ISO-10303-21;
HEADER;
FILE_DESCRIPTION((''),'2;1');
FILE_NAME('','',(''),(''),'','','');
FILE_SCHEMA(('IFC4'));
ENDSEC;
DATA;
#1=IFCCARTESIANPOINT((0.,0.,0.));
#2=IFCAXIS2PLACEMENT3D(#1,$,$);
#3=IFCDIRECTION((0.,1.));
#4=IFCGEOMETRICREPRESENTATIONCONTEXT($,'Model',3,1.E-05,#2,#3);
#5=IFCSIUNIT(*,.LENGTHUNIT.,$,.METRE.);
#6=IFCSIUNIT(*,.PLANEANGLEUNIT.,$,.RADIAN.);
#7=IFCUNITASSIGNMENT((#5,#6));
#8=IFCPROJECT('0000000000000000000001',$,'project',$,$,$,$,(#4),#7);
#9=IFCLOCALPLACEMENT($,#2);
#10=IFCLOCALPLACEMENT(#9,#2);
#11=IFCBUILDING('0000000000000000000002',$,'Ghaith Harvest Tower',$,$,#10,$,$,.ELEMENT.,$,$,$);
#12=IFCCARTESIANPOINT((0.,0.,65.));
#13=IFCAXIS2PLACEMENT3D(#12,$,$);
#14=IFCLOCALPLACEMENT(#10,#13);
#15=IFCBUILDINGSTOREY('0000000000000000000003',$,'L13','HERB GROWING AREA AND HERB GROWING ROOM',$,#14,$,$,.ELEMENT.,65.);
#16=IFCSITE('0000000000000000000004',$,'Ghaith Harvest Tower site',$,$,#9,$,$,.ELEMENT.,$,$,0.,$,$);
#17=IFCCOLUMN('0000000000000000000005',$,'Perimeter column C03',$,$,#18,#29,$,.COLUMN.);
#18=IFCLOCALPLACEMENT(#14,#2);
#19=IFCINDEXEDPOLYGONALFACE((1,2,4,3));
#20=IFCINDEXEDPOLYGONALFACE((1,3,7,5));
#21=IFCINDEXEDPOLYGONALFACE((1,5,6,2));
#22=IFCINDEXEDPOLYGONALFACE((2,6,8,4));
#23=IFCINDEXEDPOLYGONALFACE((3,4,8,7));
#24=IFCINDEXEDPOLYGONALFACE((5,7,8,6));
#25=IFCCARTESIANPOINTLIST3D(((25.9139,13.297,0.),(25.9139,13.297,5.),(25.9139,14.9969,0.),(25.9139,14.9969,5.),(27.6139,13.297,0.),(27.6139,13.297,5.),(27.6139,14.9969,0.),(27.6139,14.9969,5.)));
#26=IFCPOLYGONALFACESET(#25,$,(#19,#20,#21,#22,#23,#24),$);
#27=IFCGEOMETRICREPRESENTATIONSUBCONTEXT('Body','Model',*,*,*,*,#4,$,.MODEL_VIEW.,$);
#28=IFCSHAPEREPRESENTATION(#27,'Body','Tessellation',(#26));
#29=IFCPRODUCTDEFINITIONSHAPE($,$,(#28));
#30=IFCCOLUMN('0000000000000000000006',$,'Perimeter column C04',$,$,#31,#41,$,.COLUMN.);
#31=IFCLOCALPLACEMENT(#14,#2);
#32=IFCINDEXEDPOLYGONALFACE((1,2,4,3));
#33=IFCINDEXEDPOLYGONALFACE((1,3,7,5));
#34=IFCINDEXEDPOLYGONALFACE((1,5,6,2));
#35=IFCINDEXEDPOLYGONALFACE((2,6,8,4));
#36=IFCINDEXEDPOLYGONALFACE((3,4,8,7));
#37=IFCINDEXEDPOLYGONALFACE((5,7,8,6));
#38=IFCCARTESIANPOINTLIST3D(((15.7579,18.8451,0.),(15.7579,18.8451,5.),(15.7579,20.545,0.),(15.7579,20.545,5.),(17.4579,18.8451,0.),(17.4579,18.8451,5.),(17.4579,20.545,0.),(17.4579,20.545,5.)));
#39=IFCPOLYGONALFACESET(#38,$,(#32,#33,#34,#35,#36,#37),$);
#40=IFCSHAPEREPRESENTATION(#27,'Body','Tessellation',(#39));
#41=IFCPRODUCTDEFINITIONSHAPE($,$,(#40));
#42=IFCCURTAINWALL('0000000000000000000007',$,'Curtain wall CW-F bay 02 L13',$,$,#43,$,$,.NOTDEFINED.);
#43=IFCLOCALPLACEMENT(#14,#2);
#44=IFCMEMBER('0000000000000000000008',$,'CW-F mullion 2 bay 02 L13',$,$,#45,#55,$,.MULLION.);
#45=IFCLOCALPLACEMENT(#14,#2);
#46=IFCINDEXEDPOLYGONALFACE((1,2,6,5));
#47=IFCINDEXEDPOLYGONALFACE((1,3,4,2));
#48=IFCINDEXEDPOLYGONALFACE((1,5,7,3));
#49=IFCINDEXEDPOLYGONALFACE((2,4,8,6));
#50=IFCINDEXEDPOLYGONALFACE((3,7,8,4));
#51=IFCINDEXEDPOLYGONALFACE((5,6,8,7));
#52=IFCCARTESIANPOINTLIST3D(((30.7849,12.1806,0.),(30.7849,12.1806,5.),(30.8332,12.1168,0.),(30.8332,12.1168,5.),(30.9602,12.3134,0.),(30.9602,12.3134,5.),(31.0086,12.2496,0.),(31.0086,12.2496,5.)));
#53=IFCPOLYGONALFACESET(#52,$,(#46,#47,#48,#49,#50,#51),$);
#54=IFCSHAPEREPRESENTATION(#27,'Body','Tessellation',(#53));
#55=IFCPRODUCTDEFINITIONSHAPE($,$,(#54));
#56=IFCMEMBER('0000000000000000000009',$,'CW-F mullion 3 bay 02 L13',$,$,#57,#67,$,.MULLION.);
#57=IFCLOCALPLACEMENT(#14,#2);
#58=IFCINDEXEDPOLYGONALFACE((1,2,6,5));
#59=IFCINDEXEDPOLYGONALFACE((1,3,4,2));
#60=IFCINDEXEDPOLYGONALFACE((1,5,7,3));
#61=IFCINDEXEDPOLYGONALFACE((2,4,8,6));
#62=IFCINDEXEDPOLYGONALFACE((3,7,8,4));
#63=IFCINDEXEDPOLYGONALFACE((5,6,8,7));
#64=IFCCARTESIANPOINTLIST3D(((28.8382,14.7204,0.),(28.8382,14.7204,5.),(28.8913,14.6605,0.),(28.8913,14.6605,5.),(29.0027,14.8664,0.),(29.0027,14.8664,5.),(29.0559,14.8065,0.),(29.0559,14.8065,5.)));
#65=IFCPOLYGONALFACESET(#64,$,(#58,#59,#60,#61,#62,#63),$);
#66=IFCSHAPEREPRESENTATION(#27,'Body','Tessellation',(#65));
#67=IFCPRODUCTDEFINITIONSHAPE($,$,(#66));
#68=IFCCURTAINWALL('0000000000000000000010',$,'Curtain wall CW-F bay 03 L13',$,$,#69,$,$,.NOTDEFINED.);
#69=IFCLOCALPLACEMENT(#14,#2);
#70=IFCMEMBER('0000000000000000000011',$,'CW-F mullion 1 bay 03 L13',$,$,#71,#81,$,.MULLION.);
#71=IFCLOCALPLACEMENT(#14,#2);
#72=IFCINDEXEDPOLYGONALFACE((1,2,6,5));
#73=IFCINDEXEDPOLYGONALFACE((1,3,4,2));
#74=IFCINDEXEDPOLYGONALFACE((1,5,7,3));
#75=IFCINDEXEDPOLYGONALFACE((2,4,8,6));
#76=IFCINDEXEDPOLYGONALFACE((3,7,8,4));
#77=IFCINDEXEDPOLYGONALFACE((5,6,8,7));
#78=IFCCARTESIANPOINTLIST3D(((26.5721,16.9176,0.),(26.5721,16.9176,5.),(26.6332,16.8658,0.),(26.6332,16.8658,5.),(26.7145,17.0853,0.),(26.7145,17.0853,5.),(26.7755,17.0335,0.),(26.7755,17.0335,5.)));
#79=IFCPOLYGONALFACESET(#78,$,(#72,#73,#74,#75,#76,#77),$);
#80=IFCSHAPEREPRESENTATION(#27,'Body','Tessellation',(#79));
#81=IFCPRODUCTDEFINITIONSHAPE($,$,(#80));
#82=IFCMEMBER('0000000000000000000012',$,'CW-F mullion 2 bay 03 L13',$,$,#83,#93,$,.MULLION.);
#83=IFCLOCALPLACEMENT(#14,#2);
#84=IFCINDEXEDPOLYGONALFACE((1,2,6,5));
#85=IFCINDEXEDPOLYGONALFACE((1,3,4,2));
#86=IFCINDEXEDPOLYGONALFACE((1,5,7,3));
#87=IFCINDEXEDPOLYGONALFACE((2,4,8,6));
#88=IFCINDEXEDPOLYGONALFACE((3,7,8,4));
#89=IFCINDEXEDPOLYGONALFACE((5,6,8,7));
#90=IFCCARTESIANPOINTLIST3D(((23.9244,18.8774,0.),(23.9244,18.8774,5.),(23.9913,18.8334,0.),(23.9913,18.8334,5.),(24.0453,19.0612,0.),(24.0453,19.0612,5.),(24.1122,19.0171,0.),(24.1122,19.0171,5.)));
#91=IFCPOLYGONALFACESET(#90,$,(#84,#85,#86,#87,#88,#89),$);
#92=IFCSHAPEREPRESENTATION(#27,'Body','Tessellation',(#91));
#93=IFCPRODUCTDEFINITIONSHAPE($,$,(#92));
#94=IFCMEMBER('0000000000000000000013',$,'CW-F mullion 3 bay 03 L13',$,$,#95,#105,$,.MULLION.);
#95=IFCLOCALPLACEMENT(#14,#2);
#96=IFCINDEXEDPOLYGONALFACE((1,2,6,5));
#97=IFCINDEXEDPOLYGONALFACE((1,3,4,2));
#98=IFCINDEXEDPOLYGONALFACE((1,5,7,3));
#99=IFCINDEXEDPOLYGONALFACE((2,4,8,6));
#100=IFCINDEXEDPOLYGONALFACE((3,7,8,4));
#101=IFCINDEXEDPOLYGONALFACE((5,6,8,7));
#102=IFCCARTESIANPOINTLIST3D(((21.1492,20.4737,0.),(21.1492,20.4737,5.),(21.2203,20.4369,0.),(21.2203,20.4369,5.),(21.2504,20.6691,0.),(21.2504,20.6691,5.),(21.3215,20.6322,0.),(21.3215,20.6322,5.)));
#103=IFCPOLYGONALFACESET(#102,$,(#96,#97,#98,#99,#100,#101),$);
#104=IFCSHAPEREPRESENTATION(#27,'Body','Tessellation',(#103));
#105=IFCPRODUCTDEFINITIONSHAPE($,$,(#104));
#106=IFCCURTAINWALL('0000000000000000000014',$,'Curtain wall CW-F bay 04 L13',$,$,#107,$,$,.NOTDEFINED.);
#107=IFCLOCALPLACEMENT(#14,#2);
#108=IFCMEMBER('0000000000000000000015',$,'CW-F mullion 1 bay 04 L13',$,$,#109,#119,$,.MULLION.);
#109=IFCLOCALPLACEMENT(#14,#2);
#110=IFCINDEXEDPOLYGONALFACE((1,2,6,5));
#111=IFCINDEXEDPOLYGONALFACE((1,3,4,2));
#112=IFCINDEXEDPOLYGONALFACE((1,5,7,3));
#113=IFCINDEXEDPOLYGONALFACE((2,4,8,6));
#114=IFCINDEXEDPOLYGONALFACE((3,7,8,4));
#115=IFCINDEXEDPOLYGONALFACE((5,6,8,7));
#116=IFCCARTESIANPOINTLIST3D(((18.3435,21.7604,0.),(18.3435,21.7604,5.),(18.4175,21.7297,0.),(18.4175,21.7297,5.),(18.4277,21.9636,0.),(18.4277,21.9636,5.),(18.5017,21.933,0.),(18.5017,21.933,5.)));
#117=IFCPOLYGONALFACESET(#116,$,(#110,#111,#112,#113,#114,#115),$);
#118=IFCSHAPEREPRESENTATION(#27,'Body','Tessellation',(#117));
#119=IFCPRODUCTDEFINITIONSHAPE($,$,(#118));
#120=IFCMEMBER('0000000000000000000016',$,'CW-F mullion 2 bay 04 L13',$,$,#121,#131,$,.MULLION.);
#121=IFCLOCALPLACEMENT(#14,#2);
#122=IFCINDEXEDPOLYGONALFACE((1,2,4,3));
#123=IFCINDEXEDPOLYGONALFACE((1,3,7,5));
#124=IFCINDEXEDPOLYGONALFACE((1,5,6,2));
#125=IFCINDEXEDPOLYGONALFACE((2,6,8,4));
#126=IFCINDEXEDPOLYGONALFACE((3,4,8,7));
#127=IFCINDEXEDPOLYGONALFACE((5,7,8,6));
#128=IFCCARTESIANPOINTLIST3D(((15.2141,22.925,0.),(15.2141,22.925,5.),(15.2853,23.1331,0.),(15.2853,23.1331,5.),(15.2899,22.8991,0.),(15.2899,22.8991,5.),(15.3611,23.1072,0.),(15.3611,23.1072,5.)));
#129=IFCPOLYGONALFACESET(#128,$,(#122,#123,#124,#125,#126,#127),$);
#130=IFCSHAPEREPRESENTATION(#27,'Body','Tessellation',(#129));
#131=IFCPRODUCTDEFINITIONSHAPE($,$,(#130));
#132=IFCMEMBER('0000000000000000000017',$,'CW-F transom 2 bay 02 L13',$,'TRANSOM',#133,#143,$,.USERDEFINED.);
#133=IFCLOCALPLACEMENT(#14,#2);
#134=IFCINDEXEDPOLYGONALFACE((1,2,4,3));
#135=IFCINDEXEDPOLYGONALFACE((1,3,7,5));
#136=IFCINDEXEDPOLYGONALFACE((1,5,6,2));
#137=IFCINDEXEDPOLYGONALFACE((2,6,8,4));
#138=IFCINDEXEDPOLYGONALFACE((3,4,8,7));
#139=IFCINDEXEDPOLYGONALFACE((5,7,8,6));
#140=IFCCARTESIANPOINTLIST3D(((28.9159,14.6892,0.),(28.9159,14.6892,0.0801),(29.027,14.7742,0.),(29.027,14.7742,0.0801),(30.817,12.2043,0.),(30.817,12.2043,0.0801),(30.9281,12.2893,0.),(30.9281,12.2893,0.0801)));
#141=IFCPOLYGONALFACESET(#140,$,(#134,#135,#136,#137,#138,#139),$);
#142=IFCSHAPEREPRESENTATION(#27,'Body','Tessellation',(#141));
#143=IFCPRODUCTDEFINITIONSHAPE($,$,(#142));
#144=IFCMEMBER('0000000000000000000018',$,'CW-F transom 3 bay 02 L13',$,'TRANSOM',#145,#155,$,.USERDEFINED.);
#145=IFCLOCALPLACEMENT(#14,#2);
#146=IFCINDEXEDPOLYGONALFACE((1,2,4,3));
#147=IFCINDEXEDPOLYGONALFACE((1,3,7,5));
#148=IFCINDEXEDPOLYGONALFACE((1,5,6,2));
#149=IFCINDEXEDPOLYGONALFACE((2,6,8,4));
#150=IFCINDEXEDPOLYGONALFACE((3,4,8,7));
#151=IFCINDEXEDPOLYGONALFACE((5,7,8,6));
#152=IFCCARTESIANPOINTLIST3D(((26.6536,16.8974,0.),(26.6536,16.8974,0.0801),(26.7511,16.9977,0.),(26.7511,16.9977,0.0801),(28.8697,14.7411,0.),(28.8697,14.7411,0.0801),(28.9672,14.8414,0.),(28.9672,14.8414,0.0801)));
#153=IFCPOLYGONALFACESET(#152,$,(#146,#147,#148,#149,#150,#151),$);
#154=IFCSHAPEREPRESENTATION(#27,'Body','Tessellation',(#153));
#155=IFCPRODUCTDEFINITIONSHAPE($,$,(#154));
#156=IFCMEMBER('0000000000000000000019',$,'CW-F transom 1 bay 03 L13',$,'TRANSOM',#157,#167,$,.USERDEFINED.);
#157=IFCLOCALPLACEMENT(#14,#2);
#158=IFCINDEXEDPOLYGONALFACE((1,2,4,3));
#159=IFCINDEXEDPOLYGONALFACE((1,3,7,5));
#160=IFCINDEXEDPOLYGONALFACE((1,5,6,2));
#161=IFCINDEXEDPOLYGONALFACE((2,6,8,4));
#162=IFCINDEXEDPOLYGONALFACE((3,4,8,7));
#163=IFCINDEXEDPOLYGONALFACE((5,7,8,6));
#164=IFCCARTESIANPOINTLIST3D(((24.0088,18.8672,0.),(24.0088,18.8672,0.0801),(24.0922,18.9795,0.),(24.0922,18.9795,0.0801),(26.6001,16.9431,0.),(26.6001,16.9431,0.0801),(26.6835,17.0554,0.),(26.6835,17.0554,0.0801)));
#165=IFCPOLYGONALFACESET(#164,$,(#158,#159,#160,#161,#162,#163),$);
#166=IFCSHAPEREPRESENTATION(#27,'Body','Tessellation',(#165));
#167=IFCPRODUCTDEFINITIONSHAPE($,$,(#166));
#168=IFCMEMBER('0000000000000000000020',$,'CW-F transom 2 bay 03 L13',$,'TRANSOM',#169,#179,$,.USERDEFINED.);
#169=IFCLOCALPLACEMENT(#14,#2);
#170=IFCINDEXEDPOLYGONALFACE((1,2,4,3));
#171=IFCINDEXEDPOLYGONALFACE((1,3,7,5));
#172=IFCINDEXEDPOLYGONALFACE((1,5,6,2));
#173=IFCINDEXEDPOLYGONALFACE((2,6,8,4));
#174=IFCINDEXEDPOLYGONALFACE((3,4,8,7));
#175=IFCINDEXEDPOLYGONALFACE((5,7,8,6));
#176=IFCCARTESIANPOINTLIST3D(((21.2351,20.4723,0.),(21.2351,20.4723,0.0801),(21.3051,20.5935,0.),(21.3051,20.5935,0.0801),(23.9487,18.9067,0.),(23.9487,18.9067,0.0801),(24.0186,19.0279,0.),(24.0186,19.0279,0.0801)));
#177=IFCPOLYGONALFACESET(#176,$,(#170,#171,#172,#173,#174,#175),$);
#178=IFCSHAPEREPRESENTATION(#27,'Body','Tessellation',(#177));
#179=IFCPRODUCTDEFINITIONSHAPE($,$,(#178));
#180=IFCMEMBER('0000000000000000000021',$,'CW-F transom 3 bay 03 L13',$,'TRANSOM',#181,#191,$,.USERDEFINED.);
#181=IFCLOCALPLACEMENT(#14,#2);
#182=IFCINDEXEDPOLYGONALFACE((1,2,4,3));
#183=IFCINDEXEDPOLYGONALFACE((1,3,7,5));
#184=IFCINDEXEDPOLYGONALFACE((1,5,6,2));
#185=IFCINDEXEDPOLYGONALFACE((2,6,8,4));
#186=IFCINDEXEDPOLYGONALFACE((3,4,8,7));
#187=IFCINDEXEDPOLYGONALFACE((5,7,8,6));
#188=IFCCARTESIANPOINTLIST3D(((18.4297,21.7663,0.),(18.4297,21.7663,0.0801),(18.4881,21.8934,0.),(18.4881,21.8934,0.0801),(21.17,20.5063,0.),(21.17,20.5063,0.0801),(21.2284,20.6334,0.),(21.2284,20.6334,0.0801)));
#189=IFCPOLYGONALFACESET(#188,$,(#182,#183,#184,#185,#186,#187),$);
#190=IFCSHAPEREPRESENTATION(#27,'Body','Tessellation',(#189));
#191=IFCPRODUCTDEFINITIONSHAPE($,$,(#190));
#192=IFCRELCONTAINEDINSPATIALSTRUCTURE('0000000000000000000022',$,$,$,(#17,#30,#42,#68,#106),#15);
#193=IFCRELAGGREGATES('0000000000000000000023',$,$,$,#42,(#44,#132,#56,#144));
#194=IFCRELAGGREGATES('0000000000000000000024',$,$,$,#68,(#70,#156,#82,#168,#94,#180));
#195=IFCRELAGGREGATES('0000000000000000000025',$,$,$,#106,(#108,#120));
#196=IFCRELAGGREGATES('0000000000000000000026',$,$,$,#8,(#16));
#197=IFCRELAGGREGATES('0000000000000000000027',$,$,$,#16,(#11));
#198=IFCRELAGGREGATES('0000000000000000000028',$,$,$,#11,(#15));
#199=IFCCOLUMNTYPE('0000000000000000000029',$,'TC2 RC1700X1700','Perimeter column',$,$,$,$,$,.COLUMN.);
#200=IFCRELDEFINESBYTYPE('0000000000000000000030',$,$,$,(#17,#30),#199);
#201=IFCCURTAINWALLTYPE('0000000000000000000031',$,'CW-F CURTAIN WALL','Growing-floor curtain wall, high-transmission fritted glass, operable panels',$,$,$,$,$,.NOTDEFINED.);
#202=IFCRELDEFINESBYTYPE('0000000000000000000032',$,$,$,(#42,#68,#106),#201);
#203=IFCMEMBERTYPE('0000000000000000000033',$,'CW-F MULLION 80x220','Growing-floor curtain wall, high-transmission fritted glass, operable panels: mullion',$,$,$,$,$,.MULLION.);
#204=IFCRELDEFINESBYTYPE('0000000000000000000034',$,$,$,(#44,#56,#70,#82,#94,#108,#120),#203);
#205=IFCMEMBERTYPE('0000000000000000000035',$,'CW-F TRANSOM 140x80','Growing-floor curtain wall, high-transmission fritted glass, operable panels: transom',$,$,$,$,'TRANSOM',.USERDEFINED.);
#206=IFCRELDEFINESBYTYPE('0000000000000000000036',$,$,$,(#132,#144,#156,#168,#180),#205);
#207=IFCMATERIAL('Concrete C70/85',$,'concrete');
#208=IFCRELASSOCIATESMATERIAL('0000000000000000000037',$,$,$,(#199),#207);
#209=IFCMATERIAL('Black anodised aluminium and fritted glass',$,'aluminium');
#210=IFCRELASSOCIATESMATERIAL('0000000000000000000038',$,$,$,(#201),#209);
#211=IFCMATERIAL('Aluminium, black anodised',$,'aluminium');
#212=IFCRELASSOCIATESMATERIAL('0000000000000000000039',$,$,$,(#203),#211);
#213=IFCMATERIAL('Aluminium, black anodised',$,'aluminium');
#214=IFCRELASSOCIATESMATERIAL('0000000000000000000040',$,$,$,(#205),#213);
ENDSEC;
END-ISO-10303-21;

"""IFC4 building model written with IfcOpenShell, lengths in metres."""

from ifc_helpers import new_model, si_unit, direction, frame, origin, origin_2d, place, context, subcontext, project, spatial, rectangle, extrude, material, material_profile, profile_set, type_object, element, aggregate, save


model = new_model("IFC4")

# Units and contexts
model_context = context("Model", 3, precision=1e-05, world=origin(), true_north=direction((0.0, 1.0)))
body_context = subcontext(model_context, "Body", "Model", "MODEL_VIEW")
ifc_project = project(units=[si_unit("LENGTHUNIT", "METRE"), si_unit("PLANEANGLEUNIT", "RADIAN")], contexts=[model_context])

# Site, building, storey
site_placement = place(None, origin())
site = spatial("IfcSite", under=ifc_project, at=site_placement, Name="Ghaith Harvest Tower site", CompositionType="ELEMENT", RefElevation=0.0)
building_placement = place(site_placement, origin())
building = spatial("IfcBuilding", under=site, at=building_placement, Name="Ghaith Harvest Tower", CompositionType="ELEMENT")
storey_placement = place(building_placement, frame((0.0, 0.0, 65.0)))
storey = spatial("IfcBuildingStorey", under=building, at=storey_placement, Name="L13", Description="HERB GROWING AREA AND HERB GROWING ROOM", CompositionType="ELEMENT", Elevation=65.0)

# Columns
ifc_material_1 = material(Name="Concrete C70/85", Category="concrete")
ifc_material_profile_1 = material_profile(ifc_material_1, rectangle(XDim=1.7, YDim=1.7, at=origin_2d()), Name="RC1700X1700")
ifc_profile_set_1 = profile_set([ifc_material_profile_1], Name="Concrete C70/85")
column_type = type_object("IfcColumnType", Name="TC2 RC1700X1700", Description="Perimeter column", PredefinedType="COLUMN", material=ifc_profile_set_1)
for number, where, z_axis, x_axis, name in (
    (1, (26.7639, 14.147, 0.0), (0.0, 0.0, 1.0), (1.0, 0.0, 0.0), "Perimeter column C03"),
    (2, (16.6079, 19.6951, 0.0), (0.0, 0.0, 1.0), (1.0, 0.0, 0.0), "Perimeter column C04"),
):
    element("IfcColumn", number, at=place(storey_placement, frame(where, z_axis=z_axis, x_axis=x_axis)), inside=storey, type_object=column_type, Name=name, PredefinedType="COLUMN", context=body_context, shape_type="SweptSolid", body=[
        extrude(rectangle(XDim=1.7, YDim=1.7, at=origin_2d()), origin(), (0.0, 0.0, 1.0), 5.0),
    ])

# Curtain walls, members
ifc_material_2 = material(Name="Black anodised aluminium and fritted glass", Category="aluminium")
curtain_wall_type = type_object("IfcCurtainWallType", Name="CW-F CURTAIN WALL", Description="Growing-floor curtain wall, high-transmission fritted glass, operable panels", PredefinedType="NOTDEFINED", material=ifc_material_2)
curtain_wall_1_placement = place(storey_placement, origin())
curtain_wall_1 = element("IfcCurtainWall", 3, at=curtain_wall_1_placement, inside=storey, type_object=curtain_wall_type, Name="Curtain wall CW-F bay 02 L13", PredefinedType="NOTDEFINED")
ifc_material_3 = material(Name="Aluminium, black anodised", Category="aluminium")
ifc_material_profile_2 = material_profile(ifc_material_3, rectangle(XDim=0.0801, YDim=0.22, at=origin_2d()), Name="CW-F MULLION 80x220")
ifc_profile_set_2 = profile_set([ifc_material_profile_2], Name="Aluminium, black anodised")
member_type_1 = type_object("IfcMemberType", Name="CW-F MULLION 80x220", Description="Growing-floor curtain wall, high-transmission fritted glass, operable panels: mullion", PredefinedType="MULLION", material=ifc_profile_set_2)
member_1_placement = place(storey_placement, frame((30.8967, 12.2151, 0.0), z_axis=(0.0, 0.0, 1.0), x_axis=(-0.603948, 0.797023, 0.0)))
member_1 = element("IfcMember", 4, at=member_1_placement, type_object=member_type_1, Name="CW-F mullion 2 bay 02 L13", PredefinedType="MULLION", context=body_context, shape_type="SweptSolid", body=[
    extrude(rectangle(XDim=0.0801, YDim=0.22, at=origin_2d()), origin(), (0.0, 0.0, 1.0), 5.0),
])
member_2_placement = place(storey_placement, frame((28.947, 14.7634, 0.0), z_axis=(0.0, 0.0, 1.0), x_axis=(-0.663605, 0.748083, 0.0)))
member_2 = element("IfcMember", 5, at=member_2_placement, type_object=member_type_1, Name="CW-F mullion 3 bay 02 L13", PredefinedType="MULLION", context=body_context, shape_type="SweptSolid", body=[
    extrude(rectangle(XDim=0.0801, YDim=0.22, at=origin_2d()), origin(), (0.0, 0.0, 1.0), 5.0),
])
curtain_wall_2_placement = place(storey_placement, origin())
curtain_wall_2 = element("IfcCurtainWall", 6, at=curtain_wall_2_placement, inside=storey, type_object=curtain_wall_type, Name="Curtain wall CW-F bay 03 L13", PredefinedType="NOTDEFINED")
member_3_placement = place(storey_placement, frame((26.6738, 16.9756, 0.0), z_axis=(0.0, 0.0, 1.0), x_axis=(-0.762366, 0.647146, 0.0)))
member_3 = element("IfcMember", 7, at=member_3_placement, type_object=member_type_1, Name="CW-F mullion 1 bay 03 L13", PredefinedType="MULLION", context=body_context, shape_type="SweptSolid", body=[
    extrude(rectangle(XDim=0.0801, YDim=0.22, at=origin_2d()), origin(), (0.0, 0.0, 1.0), 5.0),
])
member_4_placement = place(storey_placement, frame((24.0183, 18.9473, 0.0), z_axis=(0.0, 0.0, 1.0), x_axis=(-0.835444, 0.549576, 0.0)))
member_4 = element("IfcMember", 8, at=member_4_placement, type_object=member_type_1, Name="CW-F mullion 2 bay 03 L13", PredefinedType="MULLION", context=body_context, shape_type="SweptSolid", body=[
    extrude(rectangle(XDim=0.0801, YDim=0.22, at=origin_2d()), origin(), (0.0, 0.0, 1.0), 5.0),
])
member_5_placement = place(storey_placement, frame((21.2354, 20.553, 0.0), z_axis=(0.0, 0.0, 1.0), x_axis=(-0.887897, 0.460043, 0.0)))
member_5 = element("IfcMember", 9, at=member_5_placement, type_object=member_type_1, Name="CW-F mullion 3 bay 03 L13", PredefinedType="MULLION", context=body_context, shape_type="SweptSolid", body=[
    extrude(rectangle(XDim=0.0801, YDim=0.22, at=origin_2d()), origin(), (0.0, 0.0, 1.0), 5.0),
])
curtain_wall_3_placement = place(storey_placement, origin())
curtain_wall_3 = element("IfcCurtainWall", 10, at=curtain_wall_3_placement, inside=storey, type_object=curtain_wall_type, Name="Curtain wall CW-F bay 04 L13", PredefinedType="NOTDEFINED")
member_6_placement = place(storey_placement, frame((18.4226, 21.8467, 0.0), z_axis=(0.0, 0.0, 1.0), x_axis=(-0.92391, 0.382609, 0.0)))
member_6 = element("IfcMember", 11, at=member_6_placement, type_object=member_type_1, Name="CW-F mullion 1 bay 04 L13", PredefinedType="MULLION", context=body_context, shape_type="SweptSolid", body=[
    extrude(rectangle(XDim=0.0801, YDim=0.22, at=origin_2d()), origin(), (0.0, 0.0, 1.0), 5.0),
])
member_7_placement = place(storey_placement, frame((15.2876, 23.0161, 0.0), z_axis=(0.0, 0.0, 1.0), x_axis=(-0.946121, 0.323813, 0.0)))
member_7 = element("IfcMember", 12, at=member_7_placement, type_object=member_type_1, Name="CW-F mullion 2 bay 04 L13", PredefinedType="MULLION", context=body_context, shape_type="SweptSolid", body=[
    extrude(rectangle(XDim=0.0801, YDim=0.22, at=origin_2d()), origin(), (0.0, 0.0, 1.0), 5.0),
])

# Members
ifc_material_4 = material(Name="Aluminium, black anodised", Category="aluminium")
ifc_material_profile_3 = material_profile(ifc_material_4, rectangle(XDim=0.1399, YDim=0.0801, at=origin_2d()), Name="CW-F TRANSOM 140x80")
ifc_profile_set_3 = profile_set([ifc_material_profile_3], Name="Aluminium, black anodised")
member_type_2 = type_object("IfcMemberType", Name="CW-F TRANSOM 140x80", Description="Growing-floor curtain wall, high-transmission fritted glass, operable panels: transom", ElementType="TRANSOM", PredefinedType="USERDEFINED", material=ifc_profile_set_3)
member_8_placement = place(storey_placement, frame((30.8726, 12.2468, 0.04), z_axis=(-0.607638, 0.794214, 0.0), x_axis=(-0.794214, -0.607638, 0.0)))
member_8 = element("IfcMember", 13, at=member_8_placement, type_object=member_type_2, Name="CW-F transom 2 bay 02 L13", ObjectType="TRANSOM", PredefinedType="USERDEFINED", context=body_context, shape_type="SweptSolid", body=[
    extrude(rectangle(XDim=0.1399, YDim=0.0801, at=origin_2d()), origin(), (0.0, 0.0, 1.0), 3.1287),
])
member_9_placement = place(storey_placement, frame((28.9185, 14.7913, 0.04), z_axis=(-0.716713, 0.697368, 0.0), x_axis=(-0.697368, -0.716713, 0.0)))
member_9 = element("IfcMember", 14, at=member_9_placement, type_object=member_type_2, Name="CW-F transom 3 bay 02 L13", ObjectType="TRANSOM", PredefinedType="USERDEFINED", context=body_context, shape_type="SweptSolid", body=[
    extrude(rectangle(XDim=0.1399, YDim=0.0801, at=origin_2d()), origin(), (0.0, 0.0, 1.0), 3.092),
])
member_10_placement = place(storey_placement, frame((26.6418, 16.9993, 0.04), z_axis=(-0.802877, 0.596144, 0.0), x_axis=(-0.596144, -0.802877, 0.0)))
member_10 = element("IfcMember", 15, at=member_10_placement, type_object=member_type_2, Name="CW-F transom 1 bay 03 L13", ObjectType="TRANSOM", PredefinedType="USERDEFINED", context=body_context, shape_type="SweptSolid", body=[
    extrude(rectangle(XDim=0.1399, YDim=0.0801, at=origin_2d()), origin(), (0.0, 0.0, 1.0), 3.2275),
])
member_11_placement = place(storey_placement, frame((23.9836, 18.9673, 0.04), z_axis=(-0.866169, 0.499752, 0.0), x_axis=(-0.499752, -0.866169, 0.0)))
member_11 = element("IfcMember", 16, at=member_11_placement, type_object=member_type_2, Name="CW-F transom 2 bay 03 L13", ObjectType="TRANSOM", PredefinedType="USERDEFINED", context=body_context, shape_type="SweptSolid", body=[
    extrude(rectangle(XDim=0.1399, YDim=0.0801, at=origin_2d()), origin(), (0.0, 0.0, 1.0), 3.1328),
])
member_12_placement = place(storey_placement, frame((21.1992, 20.5698, 0.04), z_axis=(-0.908553, 0.417769, 0.0), x_axis=(-0.417769, -0.908553, 0.0)))
member_12 = element("IfcMember", 17, at=member_12_placement, type_object=member_type_2, Name="CW-F transom 3 bay 03 L13", ObjectType="TRANSOM", PredefinedType="USERDEFINED", context=body_context, shape_type="SweptSolid", body=[
    extrude(rectangle(XDim=0.1399, YDim=0.0801, at=origin_2d()), origin(), (0.0, 0.0, 1.0), 3.0161),
])

aggregate(curtain_wall_1, [member_1, member_8, member_2, member_9])
aggregate(curtain_wall_2, [member_3, member_10, member_4, member_11, member_5, member_12])
aggregate(curtain_wall_3, [member_6, member_7])

save(model, "model.ifc")
